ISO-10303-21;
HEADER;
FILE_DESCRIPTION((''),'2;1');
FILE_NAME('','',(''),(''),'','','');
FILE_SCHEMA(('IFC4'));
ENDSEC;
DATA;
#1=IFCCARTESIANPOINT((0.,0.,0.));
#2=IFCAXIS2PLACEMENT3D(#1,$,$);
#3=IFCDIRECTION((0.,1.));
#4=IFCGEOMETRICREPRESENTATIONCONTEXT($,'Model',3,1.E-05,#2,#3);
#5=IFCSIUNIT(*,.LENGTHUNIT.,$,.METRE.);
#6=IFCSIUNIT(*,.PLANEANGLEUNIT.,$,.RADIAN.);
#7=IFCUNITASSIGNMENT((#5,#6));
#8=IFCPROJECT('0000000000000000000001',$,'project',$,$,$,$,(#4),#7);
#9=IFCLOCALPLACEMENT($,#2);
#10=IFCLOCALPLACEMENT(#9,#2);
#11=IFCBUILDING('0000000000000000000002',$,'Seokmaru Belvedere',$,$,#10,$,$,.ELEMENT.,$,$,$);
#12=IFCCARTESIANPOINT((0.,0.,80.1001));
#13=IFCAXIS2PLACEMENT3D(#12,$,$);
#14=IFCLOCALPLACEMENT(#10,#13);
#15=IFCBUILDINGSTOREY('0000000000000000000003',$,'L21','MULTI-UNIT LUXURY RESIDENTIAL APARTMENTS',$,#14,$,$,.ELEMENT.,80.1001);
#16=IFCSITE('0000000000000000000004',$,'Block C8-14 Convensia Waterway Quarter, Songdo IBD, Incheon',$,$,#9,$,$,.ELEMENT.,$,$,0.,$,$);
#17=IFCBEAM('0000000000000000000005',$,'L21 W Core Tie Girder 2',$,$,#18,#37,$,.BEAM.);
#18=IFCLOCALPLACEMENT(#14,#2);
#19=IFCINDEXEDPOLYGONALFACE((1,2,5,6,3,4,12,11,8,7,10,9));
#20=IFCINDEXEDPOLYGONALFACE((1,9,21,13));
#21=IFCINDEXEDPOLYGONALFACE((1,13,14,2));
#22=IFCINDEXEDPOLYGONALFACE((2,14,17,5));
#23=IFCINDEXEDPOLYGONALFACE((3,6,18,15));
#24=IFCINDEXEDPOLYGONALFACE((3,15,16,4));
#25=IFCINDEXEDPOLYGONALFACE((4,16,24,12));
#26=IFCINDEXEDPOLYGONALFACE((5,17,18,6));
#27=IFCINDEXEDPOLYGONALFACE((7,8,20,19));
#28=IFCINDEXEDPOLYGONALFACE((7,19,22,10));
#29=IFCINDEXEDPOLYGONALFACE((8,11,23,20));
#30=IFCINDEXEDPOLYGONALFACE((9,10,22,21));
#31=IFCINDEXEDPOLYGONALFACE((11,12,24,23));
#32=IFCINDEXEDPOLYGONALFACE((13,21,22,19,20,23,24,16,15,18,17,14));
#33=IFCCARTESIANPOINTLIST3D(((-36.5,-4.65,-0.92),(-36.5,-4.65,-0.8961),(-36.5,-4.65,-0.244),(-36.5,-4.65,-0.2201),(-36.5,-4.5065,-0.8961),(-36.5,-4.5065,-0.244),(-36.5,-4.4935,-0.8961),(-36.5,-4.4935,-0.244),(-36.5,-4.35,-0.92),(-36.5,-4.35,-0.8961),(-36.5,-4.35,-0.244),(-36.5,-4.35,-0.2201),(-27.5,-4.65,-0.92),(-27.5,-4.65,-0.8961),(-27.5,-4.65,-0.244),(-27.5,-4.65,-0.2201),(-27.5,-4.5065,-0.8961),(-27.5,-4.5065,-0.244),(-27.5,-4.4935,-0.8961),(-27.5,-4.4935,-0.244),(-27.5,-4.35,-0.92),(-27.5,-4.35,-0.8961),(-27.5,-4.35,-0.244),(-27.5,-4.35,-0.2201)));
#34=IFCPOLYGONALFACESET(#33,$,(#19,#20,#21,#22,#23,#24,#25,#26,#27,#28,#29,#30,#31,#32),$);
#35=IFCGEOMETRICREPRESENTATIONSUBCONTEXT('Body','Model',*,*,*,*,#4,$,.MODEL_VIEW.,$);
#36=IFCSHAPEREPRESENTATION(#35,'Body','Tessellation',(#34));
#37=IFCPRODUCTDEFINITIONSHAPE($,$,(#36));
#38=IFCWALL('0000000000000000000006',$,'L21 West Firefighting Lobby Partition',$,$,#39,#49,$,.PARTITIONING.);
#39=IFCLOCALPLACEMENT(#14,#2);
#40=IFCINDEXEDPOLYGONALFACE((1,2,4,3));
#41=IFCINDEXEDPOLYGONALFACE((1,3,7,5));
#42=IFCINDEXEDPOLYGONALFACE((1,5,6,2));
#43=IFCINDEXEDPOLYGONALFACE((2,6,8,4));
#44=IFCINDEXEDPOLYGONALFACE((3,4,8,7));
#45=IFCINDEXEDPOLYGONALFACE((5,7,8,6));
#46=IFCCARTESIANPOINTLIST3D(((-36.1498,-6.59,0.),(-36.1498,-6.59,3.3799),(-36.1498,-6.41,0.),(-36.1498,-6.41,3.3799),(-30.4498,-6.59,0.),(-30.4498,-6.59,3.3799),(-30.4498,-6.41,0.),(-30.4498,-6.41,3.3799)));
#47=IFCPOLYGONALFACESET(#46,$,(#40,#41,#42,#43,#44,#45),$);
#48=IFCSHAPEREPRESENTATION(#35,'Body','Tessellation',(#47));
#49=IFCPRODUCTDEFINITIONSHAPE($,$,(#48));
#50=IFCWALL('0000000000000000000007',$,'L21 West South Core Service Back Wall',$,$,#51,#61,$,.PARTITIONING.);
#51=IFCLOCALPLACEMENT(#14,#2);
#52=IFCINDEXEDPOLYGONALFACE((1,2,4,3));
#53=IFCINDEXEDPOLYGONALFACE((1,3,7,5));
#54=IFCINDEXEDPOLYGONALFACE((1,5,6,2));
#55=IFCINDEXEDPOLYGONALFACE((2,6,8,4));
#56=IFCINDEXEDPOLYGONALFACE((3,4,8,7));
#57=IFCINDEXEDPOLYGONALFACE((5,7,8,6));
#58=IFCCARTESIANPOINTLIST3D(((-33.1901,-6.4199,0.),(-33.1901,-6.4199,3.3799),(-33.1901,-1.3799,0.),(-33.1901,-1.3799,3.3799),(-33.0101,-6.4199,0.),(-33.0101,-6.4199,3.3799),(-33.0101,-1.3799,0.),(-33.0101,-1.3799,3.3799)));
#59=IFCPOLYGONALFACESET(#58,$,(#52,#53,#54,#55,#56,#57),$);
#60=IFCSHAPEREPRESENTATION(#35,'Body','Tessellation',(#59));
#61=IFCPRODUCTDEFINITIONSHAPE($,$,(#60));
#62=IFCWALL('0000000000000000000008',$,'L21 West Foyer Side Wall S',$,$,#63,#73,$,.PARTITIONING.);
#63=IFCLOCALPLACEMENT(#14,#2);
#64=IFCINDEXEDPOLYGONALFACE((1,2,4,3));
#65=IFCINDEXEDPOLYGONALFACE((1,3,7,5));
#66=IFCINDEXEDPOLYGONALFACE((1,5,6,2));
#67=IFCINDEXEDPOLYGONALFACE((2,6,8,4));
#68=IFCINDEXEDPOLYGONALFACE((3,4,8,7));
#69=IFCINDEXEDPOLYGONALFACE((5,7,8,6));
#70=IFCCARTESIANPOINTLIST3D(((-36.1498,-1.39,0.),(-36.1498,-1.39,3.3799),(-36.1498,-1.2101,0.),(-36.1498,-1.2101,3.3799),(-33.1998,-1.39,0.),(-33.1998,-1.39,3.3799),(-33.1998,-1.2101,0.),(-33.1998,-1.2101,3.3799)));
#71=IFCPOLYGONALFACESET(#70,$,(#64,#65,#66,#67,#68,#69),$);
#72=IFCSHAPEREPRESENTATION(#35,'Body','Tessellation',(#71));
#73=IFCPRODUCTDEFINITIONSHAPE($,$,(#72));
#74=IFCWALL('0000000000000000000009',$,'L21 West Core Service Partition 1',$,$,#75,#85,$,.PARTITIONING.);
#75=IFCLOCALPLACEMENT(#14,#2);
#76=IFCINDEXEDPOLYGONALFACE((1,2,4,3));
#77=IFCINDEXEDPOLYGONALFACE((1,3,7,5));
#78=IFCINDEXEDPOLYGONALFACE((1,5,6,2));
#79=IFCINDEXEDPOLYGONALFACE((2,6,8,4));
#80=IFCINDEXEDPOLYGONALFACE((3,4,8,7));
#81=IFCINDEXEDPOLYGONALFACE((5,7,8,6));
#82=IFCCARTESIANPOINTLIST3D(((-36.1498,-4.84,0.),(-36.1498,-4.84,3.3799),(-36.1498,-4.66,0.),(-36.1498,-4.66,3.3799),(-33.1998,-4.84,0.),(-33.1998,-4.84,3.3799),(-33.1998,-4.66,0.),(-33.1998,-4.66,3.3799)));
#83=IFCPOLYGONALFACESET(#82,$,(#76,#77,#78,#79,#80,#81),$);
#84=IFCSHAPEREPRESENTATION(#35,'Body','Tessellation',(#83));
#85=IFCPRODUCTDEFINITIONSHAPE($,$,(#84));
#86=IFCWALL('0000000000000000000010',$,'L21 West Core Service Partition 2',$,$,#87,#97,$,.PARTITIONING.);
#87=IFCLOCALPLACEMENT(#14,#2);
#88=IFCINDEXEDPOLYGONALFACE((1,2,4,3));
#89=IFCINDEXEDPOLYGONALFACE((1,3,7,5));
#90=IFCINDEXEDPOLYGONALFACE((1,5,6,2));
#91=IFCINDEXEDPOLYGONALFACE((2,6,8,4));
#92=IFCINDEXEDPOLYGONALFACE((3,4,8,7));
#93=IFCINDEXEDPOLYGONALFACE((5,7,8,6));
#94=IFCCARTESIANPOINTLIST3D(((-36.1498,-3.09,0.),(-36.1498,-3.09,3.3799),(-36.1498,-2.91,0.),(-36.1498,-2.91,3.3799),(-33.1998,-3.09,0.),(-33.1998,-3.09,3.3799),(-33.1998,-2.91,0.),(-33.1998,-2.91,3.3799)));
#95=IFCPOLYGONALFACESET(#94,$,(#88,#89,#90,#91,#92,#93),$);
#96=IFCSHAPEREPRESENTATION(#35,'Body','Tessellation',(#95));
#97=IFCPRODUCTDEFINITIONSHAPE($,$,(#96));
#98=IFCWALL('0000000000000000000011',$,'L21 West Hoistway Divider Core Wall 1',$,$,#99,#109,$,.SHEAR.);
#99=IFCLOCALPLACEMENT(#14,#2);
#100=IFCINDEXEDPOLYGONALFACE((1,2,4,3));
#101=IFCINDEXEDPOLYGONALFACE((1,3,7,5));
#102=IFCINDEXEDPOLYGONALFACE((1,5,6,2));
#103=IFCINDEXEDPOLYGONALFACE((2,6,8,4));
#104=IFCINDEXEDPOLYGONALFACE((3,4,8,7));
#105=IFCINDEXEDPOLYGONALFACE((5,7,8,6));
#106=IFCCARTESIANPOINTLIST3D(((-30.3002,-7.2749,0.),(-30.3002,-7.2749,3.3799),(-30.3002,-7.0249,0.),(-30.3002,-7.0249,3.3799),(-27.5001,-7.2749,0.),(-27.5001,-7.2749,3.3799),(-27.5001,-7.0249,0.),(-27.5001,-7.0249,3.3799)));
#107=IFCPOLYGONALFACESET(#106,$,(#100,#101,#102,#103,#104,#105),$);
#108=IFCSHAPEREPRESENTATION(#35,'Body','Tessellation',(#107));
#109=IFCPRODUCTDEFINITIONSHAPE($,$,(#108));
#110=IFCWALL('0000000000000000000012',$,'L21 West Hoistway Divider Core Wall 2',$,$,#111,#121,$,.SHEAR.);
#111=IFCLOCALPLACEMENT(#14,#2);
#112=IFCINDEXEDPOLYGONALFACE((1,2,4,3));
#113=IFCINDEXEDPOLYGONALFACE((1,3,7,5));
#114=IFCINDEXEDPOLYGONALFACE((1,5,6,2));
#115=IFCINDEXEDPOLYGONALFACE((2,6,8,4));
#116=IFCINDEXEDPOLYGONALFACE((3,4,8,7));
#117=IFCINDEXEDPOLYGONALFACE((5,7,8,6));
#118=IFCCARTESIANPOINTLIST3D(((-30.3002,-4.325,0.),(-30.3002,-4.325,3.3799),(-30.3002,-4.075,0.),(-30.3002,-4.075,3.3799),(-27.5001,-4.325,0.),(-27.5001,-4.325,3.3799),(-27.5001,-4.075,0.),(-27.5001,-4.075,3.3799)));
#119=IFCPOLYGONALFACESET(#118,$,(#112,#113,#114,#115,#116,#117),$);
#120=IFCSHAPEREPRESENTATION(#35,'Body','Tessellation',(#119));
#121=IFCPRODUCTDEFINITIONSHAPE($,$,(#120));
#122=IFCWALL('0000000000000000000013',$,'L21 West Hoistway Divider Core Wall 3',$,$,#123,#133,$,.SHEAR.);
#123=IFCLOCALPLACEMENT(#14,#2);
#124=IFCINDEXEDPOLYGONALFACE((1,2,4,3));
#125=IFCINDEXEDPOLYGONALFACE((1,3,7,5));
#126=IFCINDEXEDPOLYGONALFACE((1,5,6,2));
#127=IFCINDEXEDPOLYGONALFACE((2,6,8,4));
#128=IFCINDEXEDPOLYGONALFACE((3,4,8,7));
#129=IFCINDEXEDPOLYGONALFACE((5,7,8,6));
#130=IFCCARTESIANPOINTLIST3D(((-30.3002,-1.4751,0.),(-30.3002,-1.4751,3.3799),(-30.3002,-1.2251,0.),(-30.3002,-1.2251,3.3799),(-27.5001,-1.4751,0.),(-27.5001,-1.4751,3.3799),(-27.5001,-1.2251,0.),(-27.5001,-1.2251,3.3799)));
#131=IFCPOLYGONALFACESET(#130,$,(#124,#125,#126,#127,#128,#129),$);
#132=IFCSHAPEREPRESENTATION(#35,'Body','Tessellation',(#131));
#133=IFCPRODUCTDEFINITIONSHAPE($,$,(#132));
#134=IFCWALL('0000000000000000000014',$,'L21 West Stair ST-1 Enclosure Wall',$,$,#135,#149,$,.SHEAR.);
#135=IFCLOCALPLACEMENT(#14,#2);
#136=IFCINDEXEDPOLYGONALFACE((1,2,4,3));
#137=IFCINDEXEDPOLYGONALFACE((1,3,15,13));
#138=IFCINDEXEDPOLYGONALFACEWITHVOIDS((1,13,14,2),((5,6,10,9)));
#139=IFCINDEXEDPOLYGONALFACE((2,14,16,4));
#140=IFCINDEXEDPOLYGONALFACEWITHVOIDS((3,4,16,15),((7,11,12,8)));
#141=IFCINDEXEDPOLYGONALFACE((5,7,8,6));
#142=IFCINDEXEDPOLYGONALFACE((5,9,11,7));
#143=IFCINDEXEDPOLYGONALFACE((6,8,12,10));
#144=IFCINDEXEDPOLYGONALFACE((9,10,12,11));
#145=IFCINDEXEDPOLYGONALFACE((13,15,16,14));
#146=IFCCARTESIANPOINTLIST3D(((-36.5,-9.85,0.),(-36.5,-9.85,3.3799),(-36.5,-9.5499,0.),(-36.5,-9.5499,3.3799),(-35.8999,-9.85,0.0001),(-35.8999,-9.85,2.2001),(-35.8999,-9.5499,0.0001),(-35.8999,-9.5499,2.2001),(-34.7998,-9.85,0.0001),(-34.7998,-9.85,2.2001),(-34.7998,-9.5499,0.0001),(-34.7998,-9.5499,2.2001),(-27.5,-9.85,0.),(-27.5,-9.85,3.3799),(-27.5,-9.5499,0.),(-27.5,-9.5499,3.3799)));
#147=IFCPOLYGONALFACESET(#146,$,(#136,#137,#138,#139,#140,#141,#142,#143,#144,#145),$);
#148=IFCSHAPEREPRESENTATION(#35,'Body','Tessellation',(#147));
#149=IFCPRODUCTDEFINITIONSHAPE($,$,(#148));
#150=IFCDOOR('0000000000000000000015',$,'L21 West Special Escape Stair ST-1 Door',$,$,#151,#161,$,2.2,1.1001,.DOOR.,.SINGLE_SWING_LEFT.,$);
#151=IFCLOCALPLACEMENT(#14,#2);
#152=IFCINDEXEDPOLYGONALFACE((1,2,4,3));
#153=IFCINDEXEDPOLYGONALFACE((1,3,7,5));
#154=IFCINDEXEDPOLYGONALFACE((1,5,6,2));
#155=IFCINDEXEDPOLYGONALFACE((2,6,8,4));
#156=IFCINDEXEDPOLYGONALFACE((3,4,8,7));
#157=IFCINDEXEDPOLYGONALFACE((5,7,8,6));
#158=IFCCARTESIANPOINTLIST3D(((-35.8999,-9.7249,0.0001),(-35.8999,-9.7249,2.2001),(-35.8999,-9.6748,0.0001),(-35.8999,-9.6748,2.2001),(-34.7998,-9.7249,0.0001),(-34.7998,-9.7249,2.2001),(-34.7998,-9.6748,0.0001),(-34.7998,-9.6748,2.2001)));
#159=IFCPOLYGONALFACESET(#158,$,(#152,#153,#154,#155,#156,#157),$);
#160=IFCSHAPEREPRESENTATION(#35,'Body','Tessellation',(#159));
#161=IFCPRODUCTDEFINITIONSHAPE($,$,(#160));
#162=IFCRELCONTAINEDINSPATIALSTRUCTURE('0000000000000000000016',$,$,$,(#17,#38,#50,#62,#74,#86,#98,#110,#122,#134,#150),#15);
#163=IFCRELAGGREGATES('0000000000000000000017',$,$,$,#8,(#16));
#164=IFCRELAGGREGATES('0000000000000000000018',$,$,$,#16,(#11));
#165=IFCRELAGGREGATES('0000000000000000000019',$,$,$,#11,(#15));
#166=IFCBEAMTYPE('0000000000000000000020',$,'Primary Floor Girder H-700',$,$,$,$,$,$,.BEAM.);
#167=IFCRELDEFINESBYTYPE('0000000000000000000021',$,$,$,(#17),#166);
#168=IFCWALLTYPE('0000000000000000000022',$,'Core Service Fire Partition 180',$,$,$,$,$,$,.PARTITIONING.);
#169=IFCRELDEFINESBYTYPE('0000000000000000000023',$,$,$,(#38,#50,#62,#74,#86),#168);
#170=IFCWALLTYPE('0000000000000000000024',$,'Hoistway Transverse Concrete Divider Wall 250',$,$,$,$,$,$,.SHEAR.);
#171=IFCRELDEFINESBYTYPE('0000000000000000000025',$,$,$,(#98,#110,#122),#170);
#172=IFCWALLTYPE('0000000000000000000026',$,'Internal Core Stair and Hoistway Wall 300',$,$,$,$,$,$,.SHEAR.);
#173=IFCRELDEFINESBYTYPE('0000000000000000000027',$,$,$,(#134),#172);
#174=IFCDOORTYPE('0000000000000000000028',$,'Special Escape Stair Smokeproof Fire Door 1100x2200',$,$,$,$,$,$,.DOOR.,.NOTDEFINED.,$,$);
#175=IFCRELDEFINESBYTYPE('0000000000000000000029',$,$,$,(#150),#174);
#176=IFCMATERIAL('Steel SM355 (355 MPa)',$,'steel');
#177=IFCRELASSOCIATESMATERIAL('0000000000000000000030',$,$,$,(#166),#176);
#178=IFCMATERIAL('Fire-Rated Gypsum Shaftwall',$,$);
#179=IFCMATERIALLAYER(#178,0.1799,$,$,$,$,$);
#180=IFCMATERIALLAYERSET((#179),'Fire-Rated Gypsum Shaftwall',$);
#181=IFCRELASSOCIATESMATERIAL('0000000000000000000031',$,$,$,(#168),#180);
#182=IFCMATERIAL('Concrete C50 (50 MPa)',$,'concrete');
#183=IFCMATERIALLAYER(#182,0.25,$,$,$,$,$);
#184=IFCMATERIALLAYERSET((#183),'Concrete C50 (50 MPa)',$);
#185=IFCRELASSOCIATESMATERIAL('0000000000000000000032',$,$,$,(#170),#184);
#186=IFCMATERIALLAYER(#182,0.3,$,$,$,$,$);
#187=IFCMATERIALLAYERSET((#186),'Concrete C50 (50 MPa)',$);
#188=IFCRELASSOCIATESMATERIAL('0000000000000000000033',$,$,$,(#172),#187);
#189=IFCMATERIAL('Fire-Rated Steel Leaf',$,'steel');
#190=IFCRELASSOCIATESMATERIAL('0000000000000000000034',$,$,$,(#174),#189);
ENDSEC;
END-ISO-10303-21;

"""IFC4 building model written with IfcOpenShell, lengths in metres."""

from ifc_helpers import new_model, si_unit, direction, frame, frame_2d, origin, origin_2d, place, context, subcontext, project, spatial, rectangle, i_section, extrude, source, transform, mapped, material, layer, layer_set, material_profile, profile_set, type_object, type_shapes, element, fill, save


model = new_model("IFC4")

# Units and contexts
model_context = context("Model", 3, precision=1e-05, world=origin(), true_north=direction((0.0, 1.0)))
body_context = subcontext(model_context, "Body", "Model", "MODEL_VIEW")
ifc_project = project(units=[si_unit("LENGTHUNIT", "METRE"), si_unit("PLANEANGLEUNIT", "RADIAN")], contexts=[model_context])

# Site, building, storey
site_placement = place(None, origin())
site = spatial("IfcSite", under=ifc_project, at=site_placement, Name="Block C8-14 Convensia Waterway Quarter, Songdo IBD, Incheon", CompositionType="ELEMENT", RefElevation=0.0)
building_placement = place(site_placement, origin())
building = spatial("IfcBuilding", under=site, at=building_placement, Name="Seokmaru Belvedere", CompositionType="ELEMENT")
storey_placement = place(building_placement, frame((0.0, 0.0, 80.1001)))
storey = spatial("IfcBuildingStorey", under=building, at=storey_placement, Name="L21", Description="MULTI-UNIT LUXURY RESIDENTIAL APARTMENTS", CompositionType="ELEMENT", Elevation=80.1001)

# Beam
ifc_material_1 = material(Name="Steel SM355 (355 MPa)", Category="steel")
ifc_material_profile = material_profile(ifc_material_1, i_section(OverallWidth=0.3, OverallDepth=0.7, WebThickness=0.0129, FlangeThickness=0.0239, at=origin_2d()), Name="H-700x300x13x24")
ifc_profile_set = profile_set([ifc_material_profile], Name="Steel SM355 (355 MPa)")
beam_type = type_object("IfcBeamType", Name="Primary Floor Girder H-700", PredefinedType="BEAM", material=ifc_profile_set)
shared_shape_1 = source(origin(), body_context, "Body", "SweptSolid", [
    extrude(i_section(OverallWidth=0.3, OverallDepth=0.7, WebThickness=0.0129, FlangeThickness=0.0239, at=origin_2d()), origin(), (0.0, 0.0, 1.0), 9.0),
])
type_shapes(beam_type, [shared_shape_1])
beam_placement = place(storey_placement, frame((-36.5, -4.5, -0.5701), z_axis=(1.0, 0.0, 0.0), x_axis=(0.0, 1.0, 0.0)))
element("IfcBeam", 1, at=beam_placement, inside=storey, type_object=beam_type, Name="L21 W Core Tie Girder 2", PredefinedType="BEAM", context=body_context, shape_type="MappedRepresentation", body=[
    mapped(shared_shape_1, transform((0.0, 0.0, 0.0), scale=1.0)),
])

# Walls
ifc_material_2 = material(Name="Fire-Rated Gypsum Shaftwall")
ifc_layer_1 = layer(ifc_material_2, 0.1799)
ifc_layer_set_1 = layer_set([ifc_layer_1], Name="Fire-Rated Gypsum Shaftwall")
wall_type_1 = type_object("IfcWallType", Name="Core Service Fire Partition 180", PredefinedType="PARTITIONING", material=ifc_layer_set_1)
wall_1_placement = place(storey_placement, frame((-36.1499, -6.5, 0.0), z_axis=(0.0, 0.0, 1.0), x_axis=(1.0, 0.0, 0.0)))
element("IfcWall", 2, at=wall_1_placement, inside=storey, type_object=wall_type_1, Name="L21 West Firefighting Lobby Partition", PredefinedType="PARTITIONING", context=body_context, shape_type="SweptSolid", body=[
    extrude(rectangle(XDim=5.7, YDim=0.1799, at=frame_2d((2.8501, 0.0))), origin(), (0.0, 0.0, 1.0), 3.3799),
])
wall_2_placement = place(storey_placement, frame((-33.1001, -6.4199, 0.0), z_axis=(0.0, 0.0, 1.0), x_axis=(0.0, 1.0, 0.0)))
element("IfcWall", 3, at=wall_2_placement, inside=storey, type_object=wall_type_1, Name="L21 West South Core Service Back Wall", PredefinedType="PARTITIONING", context=body_context, shape_type="SweptSolid", body=[
    extrude(rectangle(XDim=5.04, YDim=0.1799, at=frame_2d((2.52, 0.0))), origin(), (0.0, 0.0, 1.0), 3.3799),
])
for number, where, z_axis, x_axis, name in (
    (4, (-36.1499, -1.3, 0.0), (0.0, 0.0, 1.0), (1.0, 0.0, 0.0), "L21 West Foyer Side Wall S"),
    (5, (-36.1499, -4.75, 0.0), (0.0, 0.0, 1.0), (1.0, 0.0, 0.0), "L21 West Core Service Partition 1"),
    (6, (-36.1499, -3.0, 0.0), (0.0, 0.0, 1.0), (1.0, 0.0, 0.0), "L21 West Core Service Partition 2"),
):
    element("IfcWall", number, at=place(storey_placement, frame(where, z_axis=z_axis, x_axis=x_axis)), inside=storey, type_object=wall_type_1, Name=name, PredefinedType="PARTITIONING", context=body_context, shape_type="SweptSolid", body=[
        extrude(rectangle(XDim=2.95, YDim=0.1799, at=frame_2d((1.4751, 0.0))), origin(), (0.0, 0.0, 1.0), 3.3799),
    ])
ifc_material_3 = material(Name="Concrete C50 (50 MPa)", Category="concrete")
ifc_layer_2 = layer(ifc_material_3, 0.25)
ifc_layer_set_2 = layer_set([ifc_layer_2], Name="Concrete C50 (50 MPa)")
wall_type_2 = type_object("IfcWallType", Name="Hoistway Transverse Concrete Divider Wall 250", PredefinedType="SHEAR", material=ifc_layer_set_2)
for number, where, z_axis, x_axis, name in (
    (7, (-30.3, -7.1499, 0.0), (0.0, 0.0, 1.0), (1.0, 0.0, 0.0), "L21 West Hoistway Divider Core Wall 1"),
    (8, (-30.3, -4.2, 0.0), (0.0, 0.0, 1.0), (1.0, 0.0, 0.0), "L21 West Hoistway Divider Core Wall 2"),
    (9, (-30.3, -1.3501, 0.0), (0.0, 0.0, 1.0), (1.0, 0.0, 0.0), "L21 West Hoistway Divider Core Wall 3"),
):
    element("IfcWall", number, at=place(storey_placement, frame(where, z_axis=z_axis, x_axis=x_axis)), inside=storey, type_object=wall_type_2, Name=name, PredefinedType="SHEAR", context=body_context, shape_type="SweptSolid", body=[
        extrude(rectangle(XDim=2.8, YDim=0.25, at=frame_2d((1.3999, 0.0))), origin(), (0.0, 0.0, 1.0), 3.3799),
    ])

# Wall, opening, door
ifc_layer_3 = layer(ifc_material_3, 0.3)
ifc_layer_set_3 = layer_set([ifc_layer_3], Name="Concrete C50 (50 MPa)")
wall_type_3 = type_object("IfcWallType", Name="Internal Core Stair and Hoistway Wall 300", PredefinedType="SHEAR", material=ifc_layer_set_3)
wall_3_placement = place(storey_placement, frame((-36.5, -9.7, 0.0), z_axis=(0.0, 0.0, 1.0), x_axis=(1.0, 0.0, 0.0)))
wall_3 = element("IfcWall", 10, at=wall_3_placement, inside=storey, type_object=wall_type_3, Name="L21 West Stair ST-1 Enclosure Wall", PredefinedType="SHEAR", context=body_context, shape_type="SweptSolid", body=[
    extrude(rectangle(XDim=9.0, YDim=0.3, at=frame_2d((4.5, 0.0))), origin(), (0.0, 0.0, 1.0), 3.3799),
])
opening_1_placement = place(wall_3_placement, frame((0.6001, 0.0, 0.0)))
opening_1 = element("IfcOpeningElement", 11, at=opening_1_placement, cuts=wall_3, PredefinedType="OPENING", context=body_context, shape_type="SweptSolid", body=[
    extrude(rectangle(XDim=1.1001, YDim=2.2, at=frame_2d((0.55, 1.1001))), frame((0.0, 0.1602, 0.0), z_axis=(0.0, -1.0, 0.0), x_axis=(1.0, 0.0, 0.0)), (0.0, 0.0, 1.0), 0.3201),
])
ifc_material_4 = material(Name="Fire-Rated Steel Leaf", Category="steel")
door_type_1 = type_object("IfcDoorType", Name="Special Escape Stair Smokeproof Fire Door 1100x2200", OperationType="NOTDEFINED", PredefinedType="DOOR", material=ifc_material_4)
shared_shape_2 = source(origin(), body_context, "Body", "SweptSolid", [
    extrude(rectangle(XDim=1.1001, YDim=2.2, at=frame_2d((0.55, 1.1001))), frame((0.0, 0.0249, 0.0), z_axis=(0.0, -1.0, 0.0), x_axis=(1.0, 0.0, 0.0)), (0.0, 0.0, 1.0), 0.05),
])
type_shapes(door_type_1, [shared_shape_2])
door_1_placement = place(opening_1_placement, frame((1.1001, 0.0, 0.0), z_axis=(0.0, 0.0, 1.0), x_axis=(-1.0, 0.0, 0.0)))
door_1 = element("IfcDoor", 12, at=door_1_placement, inside=storey, type_object=door_type_1, Name="L21 West Special Escape Stair ST-1 Door", OperationType="SINGLE_SWING_LEFT", OverallHeight=2.2, OverallWidth=1.1001, PredefinedType="DOOR", context=body_context, shape_type="MappedRepresentation", body=[
    mapped(shared_shape_2, transform((0.0, 0.0, 0.0), scale=1.0)),
])
fill(opening_1, door_1)

save(model, "model.ifc")
